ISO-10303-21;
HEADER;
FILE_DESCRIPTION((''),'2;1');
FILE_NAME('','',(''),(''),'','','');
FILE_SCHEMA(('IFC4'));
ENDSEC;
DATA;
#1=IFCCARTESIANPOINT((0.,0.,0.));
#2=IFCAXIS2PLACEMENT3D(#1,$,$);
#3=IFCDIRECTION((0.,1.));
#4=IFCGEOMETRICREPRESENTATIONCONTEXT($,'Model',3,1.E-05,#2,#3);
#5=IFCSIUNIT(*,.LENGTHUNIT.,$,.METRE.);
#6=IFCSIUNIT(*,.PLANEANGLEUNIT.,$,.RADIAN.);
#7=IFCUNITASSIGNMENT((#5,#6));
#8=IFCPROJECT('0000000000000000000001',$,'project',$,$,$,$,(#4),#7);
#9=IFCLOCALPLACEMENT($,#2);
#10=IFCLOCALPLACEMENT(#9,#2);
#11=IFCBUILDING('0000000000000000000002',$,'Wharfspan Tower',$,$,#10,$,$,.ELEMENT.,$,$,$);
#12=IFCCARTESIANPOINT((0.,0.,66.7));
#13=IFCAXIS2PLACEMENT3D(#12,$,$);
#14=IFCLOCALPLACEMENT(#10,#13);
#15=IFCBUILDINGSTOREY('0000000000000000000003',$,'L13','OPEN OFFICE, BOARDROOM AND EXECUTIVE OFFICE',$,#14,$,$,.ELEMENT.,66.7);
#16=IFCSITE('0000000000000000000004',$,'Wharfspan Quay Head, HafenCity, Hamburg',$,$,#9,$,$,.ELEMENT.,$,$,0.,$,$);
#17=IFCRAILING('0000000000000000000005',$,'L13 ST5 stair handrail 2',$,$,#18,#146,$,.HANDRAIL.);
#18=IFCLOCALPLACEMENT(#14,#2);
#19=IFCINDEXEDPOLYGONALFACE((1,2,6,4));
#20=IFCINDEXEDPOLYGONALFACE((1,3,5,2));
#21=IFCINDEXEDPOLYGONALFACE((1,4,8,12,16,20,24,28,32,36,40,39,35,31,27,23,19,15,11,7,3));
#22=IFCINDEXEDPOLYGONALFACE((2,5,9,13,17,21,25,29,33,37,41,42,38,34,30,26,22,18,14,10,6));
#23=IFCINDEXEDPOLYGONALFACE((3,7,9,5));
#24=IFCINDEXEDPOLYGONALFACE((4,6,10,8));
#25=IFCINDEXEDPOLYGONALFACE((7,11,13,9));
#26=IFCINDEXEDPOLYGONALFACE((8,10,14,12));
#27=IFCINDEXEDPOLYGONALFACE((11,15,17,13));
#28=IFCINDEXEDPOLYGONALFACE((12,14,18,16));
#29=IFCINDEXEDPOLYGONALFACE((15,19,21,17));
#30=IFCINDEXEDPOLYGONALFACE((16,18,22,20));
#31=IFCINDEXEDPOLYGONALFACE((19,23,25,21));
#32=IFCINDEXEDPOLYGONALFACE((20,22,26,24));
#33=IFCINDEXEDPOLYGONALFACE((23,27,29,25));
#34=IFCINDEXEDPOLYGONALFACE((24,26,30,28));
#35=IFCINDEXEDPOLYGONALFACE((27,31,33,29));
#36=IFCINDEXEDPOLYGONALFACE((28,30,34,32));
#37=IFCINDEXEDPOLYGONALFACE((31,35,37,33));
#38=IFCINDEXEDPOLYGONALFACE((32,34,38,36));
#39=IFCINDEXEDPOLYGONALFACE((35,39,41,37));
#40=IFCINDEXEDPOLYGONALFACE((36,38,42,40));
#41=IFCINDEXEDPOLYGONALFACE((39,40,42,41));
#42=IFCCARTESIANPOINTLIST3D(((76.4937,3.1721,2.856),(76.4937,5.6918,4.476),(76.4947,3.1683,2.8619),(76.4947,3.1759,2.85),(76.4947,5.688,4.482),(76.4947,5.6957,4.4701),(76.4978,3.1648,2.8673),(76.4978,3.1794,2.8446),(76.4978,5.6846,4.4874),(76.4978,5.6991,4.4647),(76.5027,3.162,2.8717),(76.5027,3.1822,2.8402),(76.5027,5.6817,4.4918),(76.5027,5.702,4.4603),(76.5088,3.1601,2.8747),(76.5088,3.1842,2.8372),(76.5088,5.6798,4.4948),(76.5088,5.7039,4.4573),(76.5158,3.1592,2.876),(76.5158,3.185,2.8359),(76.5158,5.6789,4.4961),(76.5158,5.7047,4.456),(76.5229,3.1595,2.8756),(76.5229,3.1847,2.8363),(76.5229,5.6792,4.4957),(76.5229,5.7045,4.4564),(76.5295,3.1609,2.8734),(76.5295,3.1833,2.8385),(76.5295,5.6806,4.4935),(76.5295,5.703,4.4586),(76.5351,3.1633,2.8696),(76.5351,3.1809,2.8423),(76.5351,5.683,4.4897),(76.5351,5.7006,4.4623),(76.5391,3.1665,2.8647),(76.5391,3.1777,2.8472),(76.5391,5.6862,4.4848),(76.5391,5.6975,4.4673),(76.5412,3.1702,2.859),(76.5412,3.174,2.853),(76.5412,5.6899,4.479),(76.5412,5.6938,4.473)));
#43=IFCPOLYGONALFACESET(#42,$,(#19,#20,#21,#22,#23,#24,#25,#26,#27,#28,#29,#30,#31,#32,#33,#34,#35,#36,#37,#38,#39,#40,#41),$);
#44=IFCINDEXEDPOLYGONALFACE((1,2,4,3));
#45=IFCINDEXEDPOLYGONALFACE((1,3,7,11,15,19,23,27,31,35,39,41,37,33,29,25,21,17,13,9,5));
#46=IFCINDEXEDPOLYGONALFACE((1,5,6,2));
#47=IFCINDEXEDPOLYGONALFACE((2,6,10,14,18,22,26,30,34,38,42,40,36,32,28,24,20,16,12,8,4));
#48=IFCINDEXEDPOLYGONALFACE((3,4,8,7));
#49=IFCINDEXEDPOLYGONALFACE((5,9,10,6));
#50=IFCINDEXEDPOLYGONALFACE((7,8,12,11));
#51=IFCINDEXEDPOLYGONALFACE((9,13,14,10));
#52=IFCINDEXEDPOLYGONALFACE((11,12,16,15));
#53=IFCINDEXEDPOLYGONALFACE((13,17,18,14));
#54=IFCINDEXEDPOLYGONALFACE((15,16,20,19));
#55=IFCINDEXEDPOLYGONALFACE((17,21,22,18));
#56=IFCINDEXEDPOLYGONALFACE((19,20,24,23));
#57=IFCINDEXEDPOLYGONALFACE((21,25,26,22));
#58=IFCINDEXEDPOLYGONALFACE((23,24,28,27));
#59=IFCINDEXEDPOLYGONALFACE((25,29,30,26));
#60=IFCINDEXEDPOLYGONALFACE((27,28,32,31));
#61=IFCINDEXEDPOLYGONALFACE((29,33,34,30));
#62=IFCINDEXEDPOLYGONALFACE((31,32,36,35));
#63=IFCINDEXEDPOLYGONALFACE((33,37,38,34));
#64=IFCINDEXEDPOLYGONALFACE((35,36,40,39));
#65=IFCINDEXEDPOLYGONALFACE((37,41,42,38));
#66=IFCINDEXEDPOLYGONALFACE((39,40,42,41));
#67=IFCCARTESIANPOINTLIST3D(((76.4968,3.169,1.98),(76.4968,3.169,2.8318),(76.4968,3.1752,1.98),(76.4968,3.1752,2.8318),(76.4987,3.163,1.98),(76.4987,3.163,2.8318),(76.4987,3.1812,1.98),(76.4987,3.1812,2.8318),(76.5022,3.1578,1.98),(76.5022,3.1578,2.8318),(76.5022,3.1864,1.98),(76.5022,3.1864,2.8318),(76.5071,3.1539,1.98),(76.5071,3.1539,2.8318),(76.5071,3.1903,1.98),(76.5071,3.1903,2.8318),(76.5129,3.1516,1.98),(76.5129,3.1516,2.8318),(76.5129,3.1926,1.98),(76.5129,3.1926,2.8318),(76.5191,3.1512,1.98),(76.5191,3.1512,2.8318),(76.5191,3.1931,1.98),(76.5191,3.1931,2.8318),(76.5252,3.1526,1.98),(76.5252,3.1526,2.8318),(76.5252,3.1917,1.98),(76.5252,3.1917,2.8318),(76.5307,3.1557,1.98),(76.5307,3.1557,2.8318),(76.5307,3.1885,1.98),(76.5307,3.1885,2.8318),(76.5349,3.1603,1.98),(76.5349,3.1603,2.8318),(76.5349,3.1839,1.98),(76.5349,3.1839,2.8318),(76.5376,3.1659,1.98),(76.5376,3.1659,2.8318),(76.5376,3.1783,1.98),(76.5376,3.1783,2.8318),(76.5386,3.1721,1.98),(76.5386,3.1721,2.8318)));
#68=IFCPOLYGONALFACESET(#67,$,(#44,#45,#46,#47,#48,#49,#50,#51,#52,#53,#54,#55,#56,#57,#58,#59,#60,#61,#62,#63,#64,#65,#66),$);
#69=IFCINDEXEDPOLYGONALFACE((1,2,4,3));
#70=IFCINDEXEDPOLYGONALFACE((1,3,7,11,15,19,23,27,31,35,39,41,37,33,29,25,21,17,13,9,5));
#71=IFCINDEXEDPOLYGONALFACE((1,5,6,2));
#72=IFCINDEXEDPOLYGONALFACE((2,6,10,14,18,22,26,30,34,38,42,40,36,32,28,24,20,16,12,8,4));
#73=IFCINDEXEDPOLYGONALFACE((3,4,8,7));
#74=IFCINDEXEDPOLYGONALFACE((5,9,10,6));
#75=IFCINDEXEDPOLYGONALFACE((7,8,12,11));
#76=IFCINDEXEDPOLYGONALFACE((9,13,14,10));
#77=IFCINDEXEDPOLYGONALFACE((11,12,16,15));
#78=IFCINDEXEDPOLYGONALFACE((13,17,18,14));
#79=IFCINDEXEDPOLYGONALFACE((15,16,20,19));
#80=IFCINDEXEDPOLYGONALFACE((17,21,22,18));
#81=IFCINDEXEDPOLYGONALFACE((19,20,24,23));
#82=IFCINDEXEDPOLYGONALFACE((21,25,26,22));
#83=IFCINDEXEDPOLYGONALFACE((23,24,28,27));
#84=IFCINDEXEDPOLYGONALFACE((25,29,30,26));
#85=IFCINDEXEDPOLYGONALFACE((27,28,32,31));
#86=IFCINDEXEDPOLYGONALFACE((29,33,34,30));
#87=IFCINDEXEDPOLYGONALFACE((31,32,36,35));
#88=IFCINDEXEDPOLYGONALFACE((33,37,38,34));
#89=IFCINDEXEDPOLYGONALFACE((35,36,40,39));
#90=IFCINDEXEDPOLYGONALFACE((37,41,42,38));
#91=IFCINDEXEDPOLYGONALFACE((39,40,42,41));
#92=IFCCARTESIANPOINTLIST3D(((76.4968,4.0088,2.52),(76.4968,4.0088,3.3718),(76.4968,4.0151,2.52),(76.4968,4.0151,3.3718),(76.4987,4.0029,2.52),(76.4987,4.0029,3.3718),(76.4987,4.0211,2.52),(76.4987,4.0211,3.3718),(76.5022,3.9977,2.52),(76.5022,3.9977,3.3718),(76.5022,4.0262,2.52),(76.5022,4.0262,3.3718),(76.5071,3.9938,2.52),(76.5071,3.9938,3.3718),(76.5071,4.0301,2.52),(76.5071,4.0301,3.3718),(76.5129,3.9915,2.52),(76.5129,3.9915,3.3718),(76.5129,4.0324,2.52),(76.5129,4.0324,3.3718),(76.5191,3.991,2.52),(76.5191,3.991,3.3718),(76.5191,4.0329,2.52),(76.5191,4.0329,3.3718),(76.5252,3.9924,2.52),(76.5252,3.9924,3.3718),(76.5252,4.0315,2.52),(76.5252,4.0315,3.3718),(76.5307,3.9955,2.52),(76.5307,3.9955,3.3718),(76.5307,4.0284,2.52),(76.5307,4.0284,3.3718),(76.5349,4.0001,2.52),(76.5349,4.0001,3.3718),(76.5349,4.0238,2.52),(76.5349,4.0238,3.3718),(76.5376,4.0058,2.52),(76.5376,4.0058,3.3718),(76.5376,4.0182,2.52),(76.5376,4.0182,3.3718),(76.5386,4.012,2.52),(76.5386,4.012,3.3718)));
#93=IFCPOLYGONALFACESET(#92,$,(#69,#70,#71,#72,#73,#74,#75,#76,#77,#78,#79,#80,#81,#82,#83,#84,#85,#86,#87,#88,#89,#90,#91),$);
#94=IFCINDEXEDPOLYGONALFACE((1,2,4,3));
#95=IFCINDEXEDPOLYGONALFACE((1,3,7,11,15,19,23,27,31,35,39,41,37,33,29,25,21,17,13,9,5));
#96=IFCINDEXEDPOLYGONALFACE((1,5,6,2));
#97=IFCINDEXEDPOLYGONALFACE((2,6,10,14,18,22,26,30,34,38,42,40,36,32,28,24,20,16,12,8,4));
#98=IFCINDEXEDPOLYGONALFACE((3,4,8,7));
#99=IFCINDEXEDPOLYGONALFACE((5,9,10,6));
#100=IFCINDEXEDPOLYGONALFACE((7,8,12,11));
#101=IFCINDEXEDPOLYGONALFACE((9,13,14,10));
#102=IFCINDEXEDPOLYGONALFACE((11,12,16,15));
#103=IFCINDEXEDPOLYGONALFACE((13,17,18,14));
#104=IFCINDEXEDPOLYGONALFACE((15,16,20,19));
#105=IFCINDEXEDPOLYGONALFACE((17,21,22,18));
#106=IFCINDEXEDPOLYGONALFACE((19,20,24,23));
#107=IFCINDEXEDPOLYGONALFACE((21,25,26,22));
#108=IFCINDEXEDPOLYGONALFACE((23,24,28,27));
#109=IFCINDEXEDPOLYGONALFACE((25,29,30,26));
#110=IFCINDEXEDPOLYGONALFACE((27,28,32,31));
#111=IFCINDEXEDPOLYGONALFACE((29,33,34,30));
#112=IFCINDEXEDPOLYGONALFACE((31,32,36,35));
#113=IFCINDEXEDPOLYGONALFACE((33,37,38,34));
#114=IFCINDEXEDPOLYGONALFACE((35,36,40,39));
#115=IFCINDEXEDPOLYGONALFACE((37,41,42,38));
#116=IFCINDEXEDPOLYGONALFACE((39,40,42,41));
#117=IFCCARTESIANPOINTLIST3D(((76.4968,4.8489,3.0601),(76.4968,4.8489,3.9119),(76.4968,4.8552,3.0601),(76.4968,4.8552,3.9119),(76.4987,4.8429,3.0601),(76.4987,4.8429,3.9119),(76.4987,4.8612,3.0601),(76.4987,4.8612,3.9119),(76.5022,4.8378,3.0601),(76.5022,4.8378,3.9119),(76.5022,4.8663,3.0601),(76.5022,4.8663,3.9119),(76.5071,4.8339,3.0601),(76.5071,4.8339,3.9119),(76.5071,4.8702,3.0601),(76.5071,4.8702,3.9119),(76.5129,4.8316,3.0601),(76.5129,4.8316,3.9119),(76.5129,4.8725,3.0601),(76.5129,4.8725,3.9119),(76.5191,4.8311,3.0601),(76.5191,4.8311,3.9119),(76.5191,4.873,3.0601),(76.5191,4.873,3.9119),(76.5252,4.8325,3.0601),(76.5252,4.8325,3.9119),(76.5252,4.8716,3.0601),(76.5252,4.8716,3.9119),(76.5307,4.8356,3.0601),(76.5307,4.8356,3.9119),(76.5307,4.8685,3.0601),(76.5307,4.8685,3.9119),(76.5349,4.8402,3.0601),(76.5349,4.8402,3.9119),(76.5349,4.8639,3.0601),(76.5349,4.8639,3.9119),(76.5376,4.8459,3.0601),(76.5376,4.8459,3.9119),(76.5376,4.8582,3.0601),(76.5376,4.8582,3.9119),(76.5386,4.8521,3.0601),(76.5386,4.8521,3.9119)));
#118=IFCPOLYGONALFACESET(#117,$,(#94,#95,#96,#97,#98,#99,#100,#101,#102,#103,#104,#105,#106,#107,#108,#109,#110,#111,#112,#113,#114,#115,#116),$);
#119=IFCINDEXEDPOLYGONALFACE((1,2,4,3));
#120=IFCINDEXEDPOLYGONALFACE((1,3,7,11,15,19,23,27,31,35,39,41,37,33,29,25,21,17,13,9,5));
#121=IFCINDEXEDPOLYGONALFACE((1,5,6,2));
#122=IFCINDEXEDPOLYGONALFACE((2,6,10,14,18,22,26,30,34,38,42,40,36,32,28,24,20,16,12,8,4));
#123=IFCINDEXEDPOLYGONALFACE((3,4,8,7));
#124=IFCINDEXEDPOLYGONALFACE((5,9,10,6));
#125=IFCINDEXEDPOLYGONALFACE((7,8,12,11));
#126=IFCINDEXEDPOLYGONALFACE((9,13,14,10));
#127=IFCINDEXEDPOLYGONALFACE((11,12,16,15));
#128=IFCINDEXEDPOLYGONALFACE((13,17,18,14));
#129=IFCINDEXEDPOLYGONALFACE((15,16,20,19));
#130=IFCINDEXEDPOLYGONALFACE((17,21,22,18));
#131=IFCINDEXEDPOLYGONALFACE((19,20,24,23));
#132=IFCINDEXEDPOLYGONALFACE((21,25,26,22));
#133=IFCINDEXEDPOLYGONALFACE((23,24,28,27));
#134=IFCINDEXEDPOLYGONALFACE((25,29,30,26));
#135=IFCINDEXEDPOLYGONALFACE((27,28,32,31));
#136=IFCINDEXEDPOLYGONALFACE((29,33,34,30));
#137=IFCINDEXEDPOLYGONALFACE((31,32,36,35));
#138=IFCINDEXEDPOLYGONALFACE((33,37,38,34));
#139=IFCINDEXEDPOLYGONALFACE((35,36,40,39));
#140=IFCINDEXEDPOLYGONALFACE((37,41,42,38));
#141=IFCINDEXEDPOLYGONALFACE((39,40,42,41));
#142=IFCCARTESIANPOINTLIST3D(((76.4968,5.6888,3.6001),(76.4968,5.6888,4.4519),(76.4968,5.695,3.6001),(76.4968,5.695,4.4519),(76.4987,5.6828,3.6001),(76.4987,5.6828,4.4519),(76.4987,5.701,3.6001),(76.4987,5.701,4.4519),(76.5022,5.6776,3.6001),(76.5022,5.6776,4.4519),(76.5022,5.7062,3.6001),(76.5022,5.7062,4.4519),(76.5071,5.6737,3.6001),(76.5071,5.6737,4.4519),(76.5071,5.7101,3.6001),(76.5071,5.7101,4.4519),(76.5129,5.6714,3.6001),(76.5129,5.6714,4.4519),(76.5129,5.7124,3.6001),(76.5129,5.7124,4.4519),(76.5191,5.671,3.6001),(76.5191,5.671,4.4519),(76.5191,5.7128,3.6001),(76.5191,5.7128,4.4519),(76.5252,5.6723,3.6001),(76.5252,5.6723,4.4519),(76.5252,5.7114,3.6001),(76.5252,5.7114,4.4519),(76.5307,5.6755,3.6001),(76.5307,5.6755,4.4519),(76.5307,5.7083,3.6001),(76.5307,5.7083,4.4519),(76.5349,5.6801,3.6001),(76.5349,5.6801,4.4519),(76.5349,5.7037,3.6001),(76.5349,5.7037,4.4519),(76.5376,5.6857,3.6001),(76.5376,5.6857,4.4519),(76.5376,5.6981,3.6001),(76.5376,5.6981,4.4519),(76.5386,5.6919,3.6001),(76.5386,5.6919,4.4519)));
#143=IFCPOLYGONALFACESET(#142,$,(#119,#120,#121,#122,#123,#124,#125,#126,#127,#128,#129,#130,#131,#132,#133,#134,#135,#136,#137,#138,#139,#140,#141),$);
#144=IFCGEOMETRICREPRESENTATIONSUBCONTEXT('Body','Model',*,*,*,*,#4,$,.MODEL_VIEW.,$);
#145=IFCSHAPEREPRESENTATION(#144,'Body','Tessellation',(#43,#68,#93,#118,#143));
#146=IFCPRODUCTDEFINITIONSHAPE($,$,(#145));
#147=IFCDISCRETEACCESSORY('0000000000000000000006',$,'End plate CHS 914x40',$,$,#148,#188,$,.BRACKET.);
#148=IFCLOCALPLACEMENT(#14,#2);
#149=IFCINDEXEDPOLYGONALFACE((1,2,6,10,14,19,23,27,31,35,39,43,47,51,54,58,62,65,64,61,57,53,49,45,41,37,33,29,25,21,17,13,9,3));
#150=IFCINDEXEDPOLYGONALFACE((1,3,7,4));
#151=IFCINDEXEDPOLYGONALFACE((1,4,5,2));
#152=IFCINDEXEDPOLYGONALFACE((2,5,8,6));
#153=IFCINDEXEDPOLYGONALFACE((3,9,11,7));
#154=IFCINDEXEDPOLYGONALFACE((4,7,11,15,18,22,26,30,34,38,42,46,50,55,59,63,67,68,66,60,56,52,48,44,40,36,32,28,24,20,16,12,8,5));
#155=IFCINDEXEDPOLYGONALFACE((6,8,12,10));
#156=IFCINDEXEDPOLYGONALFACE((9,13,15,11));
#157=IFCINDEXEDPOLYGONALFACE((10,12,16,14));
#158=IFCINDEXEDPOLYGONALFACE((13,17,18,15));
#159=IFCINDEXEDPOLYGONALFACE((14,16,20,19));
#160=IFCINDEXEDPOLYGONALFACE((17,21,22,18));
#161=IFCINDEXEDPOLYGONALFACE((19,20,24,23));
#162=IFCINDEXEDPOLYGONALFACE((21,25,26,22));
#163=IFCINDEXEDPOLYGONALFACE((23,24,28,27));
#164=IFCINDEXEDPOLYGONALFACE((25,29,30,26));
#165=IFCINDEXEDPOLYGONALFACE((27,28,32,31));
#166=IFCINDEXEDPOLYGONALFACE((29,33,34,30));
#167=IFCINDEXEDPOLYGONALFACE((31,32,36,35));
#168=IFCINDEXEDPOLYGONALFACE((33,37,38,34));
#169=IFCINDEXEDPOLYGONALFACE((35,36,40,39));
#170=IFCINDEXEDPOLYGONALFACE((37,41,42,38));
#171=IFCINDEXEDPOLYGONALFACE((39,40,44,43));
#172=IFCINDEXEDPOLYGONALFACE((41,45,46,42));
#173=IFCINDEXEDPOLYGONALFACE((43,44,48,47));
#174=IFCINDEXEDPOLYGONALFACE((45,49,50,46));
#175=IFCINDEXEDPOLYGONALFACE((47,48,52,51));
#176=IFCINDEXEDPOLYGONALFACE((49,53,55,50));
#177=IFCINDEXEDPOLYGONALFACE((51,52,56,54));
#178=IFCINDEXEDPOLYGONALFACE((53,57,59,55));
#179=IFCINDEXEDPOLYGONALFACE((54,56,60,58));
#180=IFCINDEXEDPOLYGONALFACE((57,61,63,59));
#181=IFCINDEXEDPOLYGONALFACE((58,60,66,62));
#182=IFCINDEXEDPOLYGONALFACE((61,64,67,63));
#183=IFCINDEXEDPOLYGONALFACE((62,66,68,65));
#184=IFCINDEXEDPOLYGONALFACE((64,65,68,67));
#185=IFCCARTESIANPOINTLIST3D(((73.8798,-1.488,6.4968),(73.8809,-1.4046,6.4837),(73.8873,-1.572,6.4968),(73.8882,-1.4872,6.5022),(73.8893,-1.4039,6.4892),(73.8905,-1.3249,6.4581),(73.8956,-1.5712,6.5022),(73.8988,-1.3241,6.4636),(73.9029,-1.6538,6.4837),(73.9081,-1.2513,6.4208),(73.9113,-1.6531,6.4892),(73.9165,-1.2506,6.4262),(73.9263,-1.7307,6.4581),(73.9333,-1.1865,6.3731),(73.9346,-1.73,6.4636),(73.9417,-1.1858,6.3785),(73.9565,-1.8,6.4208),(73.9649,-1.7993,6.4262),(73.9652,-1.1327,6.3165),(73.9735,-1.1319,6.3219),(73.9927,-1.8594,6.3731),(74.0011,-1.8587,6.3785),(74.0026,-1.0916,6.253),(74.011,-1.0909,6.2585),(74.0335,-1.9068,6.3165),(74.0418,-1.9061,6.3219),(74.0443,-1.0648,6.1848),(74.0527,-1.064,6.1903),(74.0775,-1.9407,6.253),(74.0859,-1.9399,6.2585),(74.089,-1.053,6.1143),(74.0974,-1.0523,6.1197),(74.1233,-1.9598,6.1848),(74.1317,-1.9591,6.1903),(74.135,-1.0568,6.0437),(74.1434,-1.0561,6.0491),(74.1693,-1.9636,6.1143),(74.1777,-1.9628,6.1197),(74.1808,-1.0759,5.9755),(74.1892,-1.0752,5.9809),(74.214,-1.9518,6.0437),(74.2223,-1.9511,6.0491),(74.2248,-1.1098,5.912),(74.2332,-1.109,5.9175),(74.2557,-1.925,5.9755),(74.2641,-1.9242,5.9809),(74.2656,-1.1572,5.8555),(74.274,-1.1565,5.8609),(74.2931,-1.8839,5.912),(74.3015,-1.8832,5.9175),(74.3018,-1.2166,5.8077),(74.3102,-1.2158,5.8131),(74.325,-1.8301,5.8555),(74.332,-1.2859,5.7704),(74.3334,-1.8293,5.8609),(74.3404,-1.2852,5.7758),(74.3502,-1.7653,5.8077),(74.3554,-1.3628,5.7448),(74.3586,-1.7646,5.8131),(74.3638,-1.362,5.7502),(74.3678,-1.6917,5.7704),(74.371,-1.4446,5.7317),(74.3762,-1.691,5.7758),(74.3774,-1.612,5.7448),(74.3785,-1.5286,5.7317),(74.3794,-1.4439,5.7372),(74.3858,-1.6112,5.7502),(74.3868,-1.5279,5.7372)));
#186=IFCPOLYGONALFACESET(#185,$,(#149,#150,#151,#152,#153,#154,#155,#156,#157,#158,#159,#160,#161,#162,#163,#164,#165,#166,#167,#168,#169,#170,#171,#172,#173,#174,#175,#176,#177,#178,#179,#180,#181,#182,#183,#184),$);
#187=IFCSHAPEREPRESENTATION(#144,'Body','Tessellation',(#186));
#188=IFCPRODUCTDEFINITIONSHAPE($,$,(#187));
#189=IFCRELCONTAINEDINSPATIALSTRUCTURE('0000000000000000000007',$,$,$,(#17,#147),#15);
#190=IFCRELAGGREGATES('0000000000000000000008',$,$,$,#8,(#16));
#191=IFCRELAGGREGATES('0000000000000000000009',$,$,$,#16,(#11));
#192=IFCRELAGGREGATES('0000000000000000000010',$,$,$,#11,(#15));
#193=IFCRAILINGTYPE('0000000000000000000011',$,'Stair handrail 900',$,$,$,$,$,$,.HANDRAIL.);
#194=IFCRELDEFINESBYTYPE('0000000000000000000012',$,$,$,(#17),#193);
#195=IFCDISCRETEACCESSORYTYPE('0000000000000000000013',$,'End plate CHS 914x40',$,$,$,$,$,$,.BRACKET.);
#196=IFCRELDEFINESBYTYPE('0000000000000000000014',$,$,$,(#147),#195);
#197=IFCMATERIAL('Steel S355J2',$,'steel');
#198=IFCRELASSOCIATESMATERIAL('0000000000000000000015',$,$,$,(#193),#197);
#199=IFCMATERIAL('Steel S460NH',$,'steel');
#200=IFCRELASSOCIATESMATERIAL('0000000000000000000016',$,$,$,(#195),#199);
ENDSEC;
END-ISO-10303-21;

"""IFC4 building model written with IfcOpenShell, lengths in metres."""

from ifc_helpers import new_model, si_unit, direction, frame, origin, origin_2d, place, context, subcontext, project, spatial, circle, extrude, material, material_profile, profile_set, type_object, element, save


model = new_model("IFC4")

# Units and contexts
model_context = context("Model", 3, precision=1e-05, world=origin(), true_north=direction((0.0, 1.0)))
body_context = subcontext(model_context, "Body", "Model", "MODEL_VIEW")
ifc_project = project(units=[si_unit("LENGTHUNIT", "METRE"), si_unit("PLANEANGLEUNIT", "RADIAN")], contexts=[model_context])

# Site, building, storey
site_placement = place(None, origin())
site = spatial("IfcSite", under=ifc_project, at=site_placement, Name="Wharfspan Quay Head, HafenCity, Hamburg", CompositionType="ELEMENT", RefElevation=0.0)
building_placement = place(site_placement, origin())
building = spatial("IfcBuilding", under=site, at=building_placement, Name="Wharfspan Tower", CompositionType="ELEMENT")
storey_placement = place(building_placement, frame((0.0, 0.0, 66.7)))
storey = spatial("IfcBuildingStorey", under=building, at=storey_placement, Name="L13", Description="OPEN OFFICE, BOARDROOM AND EXECUTIVE OFFICE", CompositionType="ELEMENT", Elevation=66.7)

# Shared definitions
ifc_material_1 = material(Name="Steel S355J2", Category="steel")

# Shared definitions
ifc_material_2 = material(Name="Steel S460NH", Category="steel")

# Railing
railing_type_1 = type_object("IfcRailingType", Name="Stair handrail 900", PredefinedType="HANDRAIL", material=ifc_material_1)
railing_1_placement = place(storey_placement, frame((76.5176, 3.1721, 1.98)))
element("IfcRailing", 1, at=railing_1_placement, inside=storey, type_object=railing_type_1, Name="L13 ST5 stair handrail 2", PredefinedType="HANDRAIL", context=body_context, shape_type="SweptSolid", body=[
    extrude(circle(Radius=0.0239, at=origin_2d()), frame((0.0, 0.0, 0.876), z_axis=(0.0, 0.841139, 0.540819), x_axis=(-1.0, 0.0, 0.0)), (0.0, 0.0, 1.0), 2.9956),
    extrude(circle(Radius=0.021, at=origin_2d()), origin(), (0.0, 0.0, 1.0), 0.8518),
    extrude(circle(Radius=0.021, at=origin_2d()), frame((0.0, 0.8398, 0.54)), (0.0, 0.0, 1.0), 0.8518),
    extrude(circle(Radius=0.021, at=origin_2d()), frame((0.0, 1.6799, 1.0801)), (0.0, 0.0, 1.0), 0.8518),
    extrude(circle(Radius=0.021, at=origin_2d()), frame((0.0, 2.5198, 1.6201)), (0.0, 0.0, 1.0), 0.8518),
])

# Discrete accessory
ifc_material_profile_1 = material_profile(ifc_material_2, circle(Radius=0.457, at=origin_2d()))
ifc_profile_set_1 = profile_set([ifc_material_profile_1], Name="Steel S460NH")
discrete_accessory_type = type_object("IfcDiscreteAccessoryType", Name="End plate CHS 914x40", PredefinedType="BRACKET", material=ifc_profile_set_1)
for number, where, z_axis, x_axis, name in (
    (2, (74.1291, -1.5083, 6.1143), (0.837276, 0.073877, 0.541767), (-0.087893, 0.996132, -0.000001), "End plate CHS 914x40"),
):
    element("IfcDiscreteAccessory", number, at=place(storey_placement, frame(where, z_axis=z_axis, x_axis=x_axis)), inside=storey, type_object=discrete_accessory_type, Name=name, PredefinedType="BRACKET", context=body_context, shape_type="SweptSolid", body=[
        extrude(circle(Radius=0.457, at=origin_2d()), origin(), (0.0, 0.0, 1.0), 0.01),
    ])

save(model, "model.ifc")
